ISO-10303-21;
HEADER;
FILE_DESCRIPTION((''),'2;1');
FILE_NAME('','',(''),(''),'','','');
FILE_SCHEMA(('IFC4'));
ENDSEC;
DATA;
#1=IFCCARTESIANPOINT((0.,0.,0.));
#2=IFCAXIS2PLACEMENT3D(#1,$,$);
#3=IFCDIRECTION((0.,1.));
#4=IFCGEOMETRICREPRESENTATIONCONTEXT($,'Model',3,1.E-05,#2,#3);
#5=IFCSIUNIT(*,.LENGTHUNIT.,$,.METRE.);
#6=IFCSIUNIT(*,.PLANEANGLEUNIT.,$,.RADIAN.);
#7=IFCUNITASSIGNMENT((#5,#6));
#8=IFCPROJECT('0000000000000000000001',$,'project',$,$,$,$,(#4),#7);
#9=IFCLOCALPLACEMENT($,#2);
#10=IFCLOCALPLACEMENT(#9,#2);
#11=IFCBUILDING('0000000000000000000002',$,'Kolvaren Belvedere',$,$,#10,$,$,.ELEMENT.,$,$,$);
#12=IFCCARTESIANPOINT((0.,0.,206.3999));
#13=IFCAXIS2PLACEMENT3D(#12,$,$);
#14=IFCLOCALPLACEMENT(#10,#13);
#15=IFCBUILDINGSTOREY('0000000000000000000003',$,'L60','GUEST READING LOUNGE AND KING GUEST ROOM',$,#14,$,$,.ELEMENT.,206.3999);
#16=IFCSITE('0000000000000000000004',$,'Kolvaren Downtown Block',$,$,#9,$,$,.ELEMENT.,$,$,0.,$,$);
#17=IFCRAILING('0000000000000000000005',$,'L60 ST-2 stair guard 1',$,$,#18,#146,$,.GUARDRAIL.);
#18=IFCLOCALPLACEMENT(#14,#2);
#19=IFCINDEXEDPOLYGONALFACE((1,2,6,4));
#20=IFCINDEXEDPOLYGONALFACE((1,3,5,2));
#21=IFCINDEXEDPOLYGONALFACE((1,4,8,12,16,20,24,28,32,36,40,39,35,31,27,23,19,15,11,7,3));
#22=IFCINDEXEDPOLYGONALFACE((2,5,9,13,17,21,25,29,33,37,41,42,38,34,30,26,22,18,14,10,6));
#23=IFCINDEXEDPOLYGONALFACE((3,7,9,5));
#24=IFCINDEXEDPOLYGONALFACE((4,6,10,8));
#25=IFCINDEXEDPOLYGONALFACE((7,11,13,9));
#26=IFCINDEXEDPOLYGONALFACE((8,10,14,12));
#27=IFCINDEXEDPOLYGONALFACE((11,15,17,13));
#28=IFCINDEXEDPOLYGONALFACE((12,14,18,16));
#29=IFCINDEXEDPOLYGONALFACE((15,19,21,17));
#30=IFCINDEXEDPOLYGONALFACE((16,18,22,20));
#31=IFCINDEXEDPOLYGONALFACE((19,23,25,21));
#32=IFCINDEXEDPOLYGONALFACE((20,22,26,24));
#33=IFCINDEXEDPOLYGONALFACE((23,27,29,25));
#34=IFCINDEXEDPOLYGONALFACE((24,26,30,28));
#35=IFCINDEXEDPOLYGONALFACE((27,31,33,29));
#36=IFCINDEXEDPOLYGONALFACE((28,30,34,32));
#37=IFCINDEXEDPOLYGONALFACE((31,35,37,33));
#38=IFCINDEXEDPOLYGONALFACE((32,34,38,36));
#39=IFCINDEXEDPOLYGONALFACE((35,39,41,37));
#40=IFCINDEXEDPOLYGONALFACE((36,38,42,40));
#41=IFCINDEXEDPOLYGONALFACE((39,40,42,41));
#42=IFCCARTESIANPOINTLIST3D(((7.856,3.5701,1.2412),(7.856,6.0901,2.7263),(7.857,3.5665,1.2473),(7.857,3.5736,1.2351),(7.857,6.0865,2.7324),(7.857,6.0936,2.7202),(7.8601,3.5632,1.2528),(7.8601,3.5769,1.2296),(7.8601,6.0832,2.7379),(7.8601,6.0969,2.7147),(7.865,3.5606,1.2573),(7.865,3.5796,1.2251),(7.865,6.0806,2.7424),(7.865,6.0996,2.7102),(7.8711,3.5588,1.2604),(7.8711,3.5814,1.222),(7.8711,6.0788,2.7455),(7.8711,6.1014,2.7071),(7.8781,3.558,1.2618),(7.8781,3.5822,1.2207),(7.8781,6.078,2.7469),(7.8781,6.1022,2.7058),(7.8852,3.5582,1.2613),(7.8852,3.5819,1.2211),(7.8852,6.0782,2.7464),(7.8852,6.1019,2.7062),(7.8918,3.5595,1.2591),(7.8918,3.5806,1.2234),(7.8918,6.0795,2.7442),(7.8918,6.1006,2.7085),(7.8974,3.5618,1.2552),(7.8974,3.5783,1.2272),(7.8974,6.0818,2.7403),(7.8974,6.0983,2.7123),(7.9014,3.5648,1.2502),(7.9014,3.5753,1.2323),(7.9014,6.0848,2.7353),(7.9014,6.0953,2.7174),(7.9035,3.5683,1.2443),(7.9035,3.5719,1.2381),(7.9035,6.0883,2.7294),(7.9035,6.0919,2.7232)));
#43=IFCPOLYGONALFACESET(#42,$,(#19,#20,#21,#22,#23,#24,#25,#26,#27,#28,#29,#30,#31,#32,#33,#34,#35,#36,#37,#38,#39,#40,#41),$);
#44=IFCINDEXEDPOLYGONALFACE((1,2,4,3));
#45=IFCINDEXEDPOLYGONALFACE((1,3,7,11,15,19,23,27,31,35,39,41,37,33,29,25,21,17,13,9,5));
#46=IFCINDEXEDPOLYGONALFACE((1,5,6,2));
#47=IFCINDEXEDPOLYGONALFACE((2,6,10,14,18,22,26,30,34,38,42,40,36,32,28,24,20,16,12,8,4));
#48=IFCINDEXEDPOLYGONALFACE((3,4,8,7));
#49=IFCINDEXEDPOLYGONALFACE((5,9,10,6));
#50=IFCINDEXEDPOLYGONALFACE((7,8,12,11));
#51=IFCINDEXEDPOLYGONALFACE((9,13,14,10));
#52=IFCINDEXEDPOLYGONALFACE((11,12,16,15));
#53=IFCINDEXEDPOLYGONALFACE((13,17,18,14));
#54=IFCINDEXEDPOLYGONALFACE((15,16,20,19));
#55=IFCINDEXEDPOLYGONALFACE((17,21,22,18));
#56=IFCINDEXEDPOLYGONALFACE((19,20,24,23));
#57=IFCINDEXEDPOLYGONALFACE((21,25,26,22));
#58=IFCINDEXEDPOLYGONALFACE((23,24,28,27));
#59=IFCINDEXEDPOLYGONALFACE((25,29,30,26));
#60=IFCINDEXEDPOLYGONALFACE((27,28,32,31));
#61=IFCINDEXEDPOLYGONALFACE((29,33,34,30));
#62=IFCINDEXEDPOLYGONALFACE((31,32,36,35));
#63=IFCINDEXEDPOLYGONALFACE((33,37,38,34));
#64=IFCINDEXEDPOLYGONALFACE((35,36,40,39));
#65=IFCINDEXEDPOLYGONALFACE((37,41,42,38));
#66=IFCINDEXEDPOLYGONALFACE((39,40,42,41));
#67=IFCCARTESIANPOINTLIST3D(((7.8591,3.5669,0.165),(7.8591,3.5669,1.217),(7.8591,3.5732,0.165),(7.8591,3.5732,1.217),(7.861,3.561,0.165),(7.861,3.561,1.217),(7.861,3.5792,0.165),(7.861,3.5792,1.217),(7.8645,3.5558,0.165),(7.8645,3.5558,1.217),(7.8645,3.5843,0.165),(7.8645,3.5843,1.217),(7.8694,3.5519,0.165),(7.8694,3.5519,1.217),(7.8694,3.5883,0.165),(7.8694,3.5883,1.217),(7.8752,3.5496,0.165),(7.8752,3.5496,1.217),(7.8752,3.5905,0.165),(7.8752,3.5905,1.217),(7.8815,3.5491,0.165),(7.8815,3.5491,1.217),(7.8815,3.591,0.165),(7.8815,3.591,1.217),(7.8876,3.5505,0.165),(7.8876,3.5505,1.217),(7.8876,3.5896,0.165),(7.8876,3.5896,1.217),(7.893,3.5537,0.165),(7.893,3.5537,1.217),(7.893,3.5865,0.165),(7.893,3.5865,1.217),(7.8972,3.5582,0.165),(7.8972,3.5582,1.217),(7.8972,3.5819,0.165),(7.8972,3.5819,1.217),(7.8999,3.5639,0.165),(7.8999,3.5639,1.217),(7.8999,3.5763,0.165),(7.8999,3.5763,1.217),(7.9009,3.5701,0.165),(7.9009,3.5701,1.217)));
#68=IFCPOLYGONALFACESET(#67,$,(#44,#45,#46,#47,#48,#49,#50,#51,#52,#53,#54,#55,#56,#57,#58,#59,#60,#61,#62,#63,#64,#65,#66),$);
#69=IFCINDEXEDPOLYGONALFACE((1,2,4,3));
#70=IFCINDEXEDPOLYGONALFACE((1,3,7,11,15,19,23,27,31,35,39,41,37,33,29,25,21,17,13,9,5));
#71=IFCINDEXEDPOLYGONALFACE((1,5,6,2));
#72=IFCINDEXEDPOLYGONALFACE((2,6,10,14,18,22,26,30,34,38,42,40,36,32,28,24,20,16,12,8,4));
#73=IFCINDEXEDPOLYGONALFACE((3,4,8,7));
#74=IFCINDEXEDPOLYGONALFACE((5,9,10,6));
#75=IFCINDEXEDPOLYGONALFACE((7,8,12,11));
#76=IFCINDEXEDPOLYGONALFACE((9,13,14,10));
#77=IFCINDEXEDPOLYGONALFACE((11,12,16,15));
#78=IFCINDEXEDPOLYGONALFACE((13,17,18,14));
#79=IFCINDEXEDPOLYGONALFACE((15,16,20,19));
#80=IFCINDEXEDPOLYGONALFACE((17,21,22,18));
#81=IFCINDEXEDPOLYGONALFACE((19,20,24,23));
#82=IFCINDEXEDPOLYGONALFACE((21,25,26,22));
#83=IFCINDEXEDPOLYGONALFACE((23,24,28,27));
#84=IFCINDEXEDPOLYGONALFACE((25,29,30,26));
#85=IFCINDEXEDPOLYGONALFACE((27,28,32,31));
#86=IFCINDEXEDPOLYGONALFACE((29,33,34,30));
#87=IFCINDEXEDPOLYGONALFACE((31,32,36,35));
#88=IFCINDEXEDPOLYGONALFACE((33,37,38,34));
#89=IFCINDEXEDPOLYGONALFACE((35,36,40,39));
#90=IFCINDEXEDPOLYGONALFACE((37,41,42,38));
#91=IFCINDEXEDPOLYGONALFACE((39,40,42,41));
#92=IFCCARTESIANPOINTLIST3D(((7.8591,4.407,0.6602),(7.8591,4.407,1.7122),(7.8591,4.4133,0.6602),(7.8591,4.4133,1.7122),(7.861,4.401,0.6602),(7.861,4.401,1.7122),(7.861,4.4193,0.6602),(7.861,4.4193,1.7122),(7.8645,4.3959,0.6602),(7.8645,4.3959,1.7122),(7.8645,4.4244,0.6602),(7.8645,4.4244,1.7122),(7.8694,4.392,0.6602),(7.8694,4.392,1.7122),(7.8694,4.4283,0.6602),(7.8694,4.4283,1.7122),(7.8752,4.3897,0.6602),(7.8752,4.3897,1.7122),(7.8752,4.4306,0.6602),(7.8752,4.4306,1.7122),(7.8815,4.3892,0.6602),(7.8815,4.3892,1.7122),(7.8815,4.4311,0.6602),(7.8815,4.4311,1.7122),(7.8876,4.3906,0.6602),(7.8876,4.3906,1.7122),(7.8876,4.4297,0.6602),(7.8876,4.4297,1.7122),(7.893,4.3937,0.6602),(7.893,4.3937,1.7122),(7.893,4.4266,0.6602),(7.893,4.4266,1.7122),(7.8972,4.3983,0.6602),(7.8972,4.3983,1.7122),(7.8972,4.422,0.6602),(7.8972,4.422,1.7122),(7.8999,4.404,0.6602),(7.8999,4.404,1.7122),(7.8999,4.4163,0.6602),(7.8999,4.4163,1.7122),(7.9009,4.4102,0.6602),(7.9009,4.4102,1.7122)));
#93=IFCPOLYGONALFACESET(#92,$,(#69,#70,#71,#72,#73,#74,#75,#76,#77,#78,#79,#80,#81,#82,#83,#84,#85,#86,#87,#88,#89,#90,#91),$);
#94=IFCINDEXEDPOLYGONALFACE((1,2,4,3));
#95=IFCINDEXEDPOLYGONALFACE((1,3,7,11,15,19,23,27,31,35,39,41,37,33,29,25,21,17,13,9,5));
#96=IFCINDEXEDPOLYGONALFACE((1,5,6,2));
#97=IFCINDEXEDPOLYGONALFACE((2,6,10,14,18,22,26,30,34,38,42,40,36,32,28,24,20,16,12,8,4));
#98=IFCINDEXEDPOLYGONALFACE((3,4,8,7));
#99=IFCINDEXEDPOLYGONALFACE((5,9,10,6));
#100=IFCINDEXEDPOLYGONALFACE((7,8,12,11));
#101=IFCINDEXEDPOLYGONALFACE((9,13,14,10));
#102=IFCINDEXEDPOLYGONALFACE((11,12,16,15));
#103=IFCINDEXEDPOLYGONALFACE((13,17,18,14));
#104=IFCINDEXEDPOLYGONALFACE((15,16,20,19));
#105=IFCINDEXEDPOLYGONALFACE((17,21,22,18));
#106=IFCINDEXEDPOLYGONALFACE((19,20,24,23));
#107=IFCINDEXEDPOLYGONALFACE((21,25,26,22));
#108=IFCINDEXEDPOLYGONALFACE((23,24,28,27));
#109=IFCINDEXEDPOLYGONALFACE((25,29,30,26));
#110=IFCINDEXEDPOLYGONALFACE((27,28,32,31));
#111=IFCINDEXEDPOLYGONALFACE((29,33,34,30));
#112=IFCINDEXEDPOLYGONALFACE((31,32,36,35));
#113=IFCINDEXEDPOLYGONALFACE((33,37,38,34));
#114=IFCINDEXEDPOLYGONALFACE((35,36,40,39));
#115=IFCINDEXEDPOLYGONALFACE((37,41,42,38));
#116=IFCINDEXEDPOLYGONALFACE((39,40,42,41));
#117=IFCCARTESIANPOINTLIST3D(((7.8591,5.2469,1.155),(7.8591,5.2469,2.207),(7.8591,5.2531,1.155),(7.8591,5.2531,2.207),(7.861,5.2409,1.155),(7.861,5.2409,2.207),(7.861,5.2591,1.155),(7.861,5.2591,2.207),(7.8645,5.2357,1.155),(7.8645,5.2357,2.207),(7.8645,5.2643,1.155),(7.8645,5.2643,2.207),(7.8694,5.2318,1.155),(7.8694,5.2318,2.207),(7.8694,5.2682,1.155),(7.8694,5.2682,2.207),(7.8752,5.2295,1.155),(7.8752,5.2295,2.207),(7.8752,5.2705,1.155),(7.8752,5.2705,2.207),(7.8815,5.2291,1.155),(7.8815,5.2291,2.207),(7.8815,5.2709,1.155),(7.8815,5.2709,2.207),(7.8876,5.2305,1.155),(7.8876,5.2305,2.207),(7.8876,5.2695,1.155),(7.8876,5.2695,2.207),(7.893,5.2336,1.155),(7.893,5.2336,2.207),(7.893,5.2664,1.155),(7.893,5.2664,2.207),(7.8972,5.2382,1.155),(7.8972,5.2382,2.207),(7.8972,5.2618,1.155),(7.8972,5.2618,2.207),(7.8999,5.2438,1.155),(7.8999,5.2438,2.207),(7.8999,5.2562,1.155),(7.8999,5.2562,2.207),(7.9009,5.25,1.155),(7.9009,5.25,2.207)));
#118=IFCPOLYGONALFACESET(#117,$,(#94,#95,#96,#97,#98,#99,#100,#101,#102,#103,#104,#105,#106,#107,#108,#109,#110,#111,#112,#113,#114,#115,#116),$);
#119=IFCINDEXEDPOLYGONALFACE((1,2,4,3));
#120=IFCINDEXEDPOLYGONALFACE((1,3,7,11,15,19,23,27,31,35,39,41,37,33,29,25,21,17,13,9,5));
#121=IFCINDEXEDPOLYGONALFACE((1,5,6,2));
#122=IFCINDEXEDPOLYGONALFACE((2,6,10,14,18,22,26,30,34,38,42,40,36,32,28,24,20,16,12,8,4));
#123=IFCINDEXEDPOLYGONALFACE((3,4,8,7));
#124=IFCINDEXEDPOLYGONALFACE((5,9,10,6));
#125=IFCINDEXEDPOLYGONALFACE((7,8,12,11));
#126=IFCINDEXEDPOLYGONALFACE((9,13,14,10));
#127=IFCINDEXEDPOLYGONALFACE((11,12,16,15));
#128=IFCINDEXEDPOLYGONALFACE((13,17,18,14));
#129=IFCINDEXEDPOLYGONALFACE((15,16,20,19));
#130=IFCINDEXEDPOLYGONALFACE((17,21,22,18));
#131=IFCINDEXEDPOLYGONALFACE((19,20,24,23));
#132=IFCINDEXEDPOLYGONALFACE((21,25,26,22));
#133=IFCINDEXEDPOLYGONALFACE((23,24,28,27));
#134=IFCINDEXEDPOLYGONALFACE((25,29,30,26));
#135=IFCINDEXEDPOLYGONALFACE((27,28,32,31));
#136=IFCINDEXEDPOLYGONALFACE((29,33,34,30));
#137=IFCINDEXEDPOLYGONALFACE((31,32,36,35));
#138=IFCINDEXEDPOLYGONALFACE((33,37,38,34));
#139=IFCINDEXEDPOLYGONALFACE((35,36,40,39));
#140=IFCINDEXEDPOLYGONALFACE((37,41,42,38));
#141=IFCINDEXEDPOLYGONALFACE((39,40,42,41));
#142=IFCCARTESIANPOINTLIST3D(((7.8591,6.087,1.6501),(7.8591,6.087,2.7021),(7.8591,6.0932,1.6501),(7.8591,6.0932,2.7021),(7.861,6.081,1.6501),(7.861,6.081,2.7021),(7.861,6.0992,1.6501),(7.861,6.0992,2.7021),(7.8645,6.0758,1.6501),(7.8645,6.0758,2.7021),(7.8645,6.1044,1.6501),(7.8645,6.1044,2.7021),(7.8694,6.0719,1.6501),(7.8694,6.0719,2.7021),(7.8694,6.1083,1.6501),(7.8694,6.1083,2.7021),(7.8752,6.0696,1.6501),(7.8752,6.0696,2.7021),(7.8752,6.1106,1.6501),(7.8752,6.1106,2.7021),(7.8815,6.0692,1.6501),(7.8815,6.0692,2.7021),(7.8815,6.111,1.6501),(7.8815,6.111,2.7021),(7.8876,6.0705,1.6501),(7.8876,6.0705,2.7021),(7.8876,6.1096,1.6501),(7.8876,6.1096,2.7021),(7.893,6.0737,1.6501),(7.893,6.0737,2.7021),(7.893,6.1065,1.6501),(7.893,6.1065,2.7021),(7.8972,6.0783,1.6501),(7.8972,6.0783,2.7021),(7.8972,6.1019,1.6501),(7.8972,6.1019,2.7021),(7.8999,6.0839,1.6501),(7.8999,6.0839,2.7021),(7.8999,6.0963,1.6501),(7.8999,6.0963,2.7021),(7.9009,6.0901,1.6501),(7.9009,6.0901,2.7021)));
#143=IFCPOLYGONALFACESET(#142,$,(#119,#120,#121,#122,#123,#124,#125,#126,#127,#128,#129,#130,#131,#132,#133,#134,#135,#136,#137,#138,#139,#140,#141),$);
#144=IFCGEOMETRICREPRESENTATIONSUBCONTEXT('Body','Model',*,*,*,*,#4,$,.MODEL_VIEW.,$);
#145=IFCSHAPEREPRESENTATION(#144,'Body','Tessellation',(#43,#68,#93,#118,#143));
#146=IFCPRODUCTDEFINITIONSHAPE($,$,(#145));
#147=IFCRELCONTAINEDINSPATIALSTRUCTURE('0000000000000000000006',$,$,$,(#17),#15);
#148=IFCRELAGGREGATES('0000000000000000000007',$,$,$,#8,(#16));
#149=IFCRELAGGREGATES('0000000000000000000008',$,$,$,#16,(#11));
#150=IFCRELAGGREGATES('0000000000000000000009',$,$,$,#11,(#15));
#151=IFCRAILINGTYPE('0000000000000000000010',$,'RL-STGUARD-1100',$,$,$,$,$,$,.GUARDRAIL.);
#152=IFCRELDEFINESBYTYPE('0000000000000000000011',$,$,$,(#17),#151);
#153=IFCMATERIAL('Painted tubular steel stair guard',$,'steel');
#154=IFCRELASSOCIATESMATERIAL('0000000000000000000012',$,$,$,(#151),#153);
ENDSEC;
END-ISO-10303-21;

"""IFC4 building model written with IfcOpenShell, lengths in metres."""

from ifc_helpers import new_model, si_unit, direction, frame, origin, origin_2d, place, context, subcontext, project, spatial, circle, extrude, material, type_object, element, save


model = new_model("IFC4")

# Units and contexts
model_context = context("Model", 3, precision=1e-05, world=origin(), true_north=direction((0.0, 1.0)))
body_context = subcontext(model_context, "Body", "Model", "MODEL_VIEW")
ifc_project = project(units=[si_unit("LENGTHUNIT", "METRE"), si_unit("PLANEANGLEUNIT", "RADIAN")], contexts=[model_context])

# Site, building, storey
site_placement = place(None, origin())
site = spatial("IfcSite", under=ifc_project, at=site_placement, Name="Kolvaren Downtown Block", CompositionType="ELEMENT", RefElevation=0.0)
building_placement = place(site_placement, origin())
building = spatial("IfcBuilding", under=site, at=building_placement, Name="Kolvaren Belvedere", CompositionType="ELEMENT")
storey_placement = place(building_placement, frame((0.0, 0.0, 206.3999)))
storey = spatial("IfcBuildingStorey", under=building, at=storey_placement, Name="L60", Description="GUEST READING LOUNGE AND KING GUEST ROOM", CompositionType="ELEMENT", Elevation=206.3999)

# Railing
ifc_material_1 = material(Name="Painted tubular steel stair guard", Category="steel")
railing_type_1 = type_object("IfcRailingType", Name="RL-STGUARD-1100", PredefinedType="GUARDRAIL", material=ifc_material_1)
railing_1_placement = place(storey_placement, frame((7.8799, 3.5701, 0.165)))
element("IfcRailing", 1, at=railing_1_placement, inside=storey, type_object=railing_type_1, Name="L60 ST-2 stair guard 1", PredefinedType="GUARDRAIL", context=body_context, shape_type="SweptSolid", body=[
    extrude(circle(Radius=0.0239, at=origin_2d()), frame((0.0, 0.0, 1.0762), z_axis=(0.0, 0.861524, 0.507717), x_axis=(-1.0, 0.0, 0.0)), (0.0, 0.0, 1.0), 2.925),
    extrude(circle(Radius=0.021, at=origin_2d()), origin(), (0.0, 0.0, 1.0), 1.052),
    extrude(circle(Radius=0.021, at=origin_2d()), frame((0.0, 0.8401, 0.4951)), (0.0, 0.0, 1.0), 1.052),
    extrude(circle(Radius=0.021, at=origin_2d()), frame((0.0, 1.6799, 0.99)), (0.0, 0.0, 1.0), 1.052),
    extrude(circle(Radius=0.021, at=origin_2d()), frame((0.0, 2.52, 1.4851)), (0.0, 0.0, 1.0), 1.052),
])

save(model, "model.ifc")
